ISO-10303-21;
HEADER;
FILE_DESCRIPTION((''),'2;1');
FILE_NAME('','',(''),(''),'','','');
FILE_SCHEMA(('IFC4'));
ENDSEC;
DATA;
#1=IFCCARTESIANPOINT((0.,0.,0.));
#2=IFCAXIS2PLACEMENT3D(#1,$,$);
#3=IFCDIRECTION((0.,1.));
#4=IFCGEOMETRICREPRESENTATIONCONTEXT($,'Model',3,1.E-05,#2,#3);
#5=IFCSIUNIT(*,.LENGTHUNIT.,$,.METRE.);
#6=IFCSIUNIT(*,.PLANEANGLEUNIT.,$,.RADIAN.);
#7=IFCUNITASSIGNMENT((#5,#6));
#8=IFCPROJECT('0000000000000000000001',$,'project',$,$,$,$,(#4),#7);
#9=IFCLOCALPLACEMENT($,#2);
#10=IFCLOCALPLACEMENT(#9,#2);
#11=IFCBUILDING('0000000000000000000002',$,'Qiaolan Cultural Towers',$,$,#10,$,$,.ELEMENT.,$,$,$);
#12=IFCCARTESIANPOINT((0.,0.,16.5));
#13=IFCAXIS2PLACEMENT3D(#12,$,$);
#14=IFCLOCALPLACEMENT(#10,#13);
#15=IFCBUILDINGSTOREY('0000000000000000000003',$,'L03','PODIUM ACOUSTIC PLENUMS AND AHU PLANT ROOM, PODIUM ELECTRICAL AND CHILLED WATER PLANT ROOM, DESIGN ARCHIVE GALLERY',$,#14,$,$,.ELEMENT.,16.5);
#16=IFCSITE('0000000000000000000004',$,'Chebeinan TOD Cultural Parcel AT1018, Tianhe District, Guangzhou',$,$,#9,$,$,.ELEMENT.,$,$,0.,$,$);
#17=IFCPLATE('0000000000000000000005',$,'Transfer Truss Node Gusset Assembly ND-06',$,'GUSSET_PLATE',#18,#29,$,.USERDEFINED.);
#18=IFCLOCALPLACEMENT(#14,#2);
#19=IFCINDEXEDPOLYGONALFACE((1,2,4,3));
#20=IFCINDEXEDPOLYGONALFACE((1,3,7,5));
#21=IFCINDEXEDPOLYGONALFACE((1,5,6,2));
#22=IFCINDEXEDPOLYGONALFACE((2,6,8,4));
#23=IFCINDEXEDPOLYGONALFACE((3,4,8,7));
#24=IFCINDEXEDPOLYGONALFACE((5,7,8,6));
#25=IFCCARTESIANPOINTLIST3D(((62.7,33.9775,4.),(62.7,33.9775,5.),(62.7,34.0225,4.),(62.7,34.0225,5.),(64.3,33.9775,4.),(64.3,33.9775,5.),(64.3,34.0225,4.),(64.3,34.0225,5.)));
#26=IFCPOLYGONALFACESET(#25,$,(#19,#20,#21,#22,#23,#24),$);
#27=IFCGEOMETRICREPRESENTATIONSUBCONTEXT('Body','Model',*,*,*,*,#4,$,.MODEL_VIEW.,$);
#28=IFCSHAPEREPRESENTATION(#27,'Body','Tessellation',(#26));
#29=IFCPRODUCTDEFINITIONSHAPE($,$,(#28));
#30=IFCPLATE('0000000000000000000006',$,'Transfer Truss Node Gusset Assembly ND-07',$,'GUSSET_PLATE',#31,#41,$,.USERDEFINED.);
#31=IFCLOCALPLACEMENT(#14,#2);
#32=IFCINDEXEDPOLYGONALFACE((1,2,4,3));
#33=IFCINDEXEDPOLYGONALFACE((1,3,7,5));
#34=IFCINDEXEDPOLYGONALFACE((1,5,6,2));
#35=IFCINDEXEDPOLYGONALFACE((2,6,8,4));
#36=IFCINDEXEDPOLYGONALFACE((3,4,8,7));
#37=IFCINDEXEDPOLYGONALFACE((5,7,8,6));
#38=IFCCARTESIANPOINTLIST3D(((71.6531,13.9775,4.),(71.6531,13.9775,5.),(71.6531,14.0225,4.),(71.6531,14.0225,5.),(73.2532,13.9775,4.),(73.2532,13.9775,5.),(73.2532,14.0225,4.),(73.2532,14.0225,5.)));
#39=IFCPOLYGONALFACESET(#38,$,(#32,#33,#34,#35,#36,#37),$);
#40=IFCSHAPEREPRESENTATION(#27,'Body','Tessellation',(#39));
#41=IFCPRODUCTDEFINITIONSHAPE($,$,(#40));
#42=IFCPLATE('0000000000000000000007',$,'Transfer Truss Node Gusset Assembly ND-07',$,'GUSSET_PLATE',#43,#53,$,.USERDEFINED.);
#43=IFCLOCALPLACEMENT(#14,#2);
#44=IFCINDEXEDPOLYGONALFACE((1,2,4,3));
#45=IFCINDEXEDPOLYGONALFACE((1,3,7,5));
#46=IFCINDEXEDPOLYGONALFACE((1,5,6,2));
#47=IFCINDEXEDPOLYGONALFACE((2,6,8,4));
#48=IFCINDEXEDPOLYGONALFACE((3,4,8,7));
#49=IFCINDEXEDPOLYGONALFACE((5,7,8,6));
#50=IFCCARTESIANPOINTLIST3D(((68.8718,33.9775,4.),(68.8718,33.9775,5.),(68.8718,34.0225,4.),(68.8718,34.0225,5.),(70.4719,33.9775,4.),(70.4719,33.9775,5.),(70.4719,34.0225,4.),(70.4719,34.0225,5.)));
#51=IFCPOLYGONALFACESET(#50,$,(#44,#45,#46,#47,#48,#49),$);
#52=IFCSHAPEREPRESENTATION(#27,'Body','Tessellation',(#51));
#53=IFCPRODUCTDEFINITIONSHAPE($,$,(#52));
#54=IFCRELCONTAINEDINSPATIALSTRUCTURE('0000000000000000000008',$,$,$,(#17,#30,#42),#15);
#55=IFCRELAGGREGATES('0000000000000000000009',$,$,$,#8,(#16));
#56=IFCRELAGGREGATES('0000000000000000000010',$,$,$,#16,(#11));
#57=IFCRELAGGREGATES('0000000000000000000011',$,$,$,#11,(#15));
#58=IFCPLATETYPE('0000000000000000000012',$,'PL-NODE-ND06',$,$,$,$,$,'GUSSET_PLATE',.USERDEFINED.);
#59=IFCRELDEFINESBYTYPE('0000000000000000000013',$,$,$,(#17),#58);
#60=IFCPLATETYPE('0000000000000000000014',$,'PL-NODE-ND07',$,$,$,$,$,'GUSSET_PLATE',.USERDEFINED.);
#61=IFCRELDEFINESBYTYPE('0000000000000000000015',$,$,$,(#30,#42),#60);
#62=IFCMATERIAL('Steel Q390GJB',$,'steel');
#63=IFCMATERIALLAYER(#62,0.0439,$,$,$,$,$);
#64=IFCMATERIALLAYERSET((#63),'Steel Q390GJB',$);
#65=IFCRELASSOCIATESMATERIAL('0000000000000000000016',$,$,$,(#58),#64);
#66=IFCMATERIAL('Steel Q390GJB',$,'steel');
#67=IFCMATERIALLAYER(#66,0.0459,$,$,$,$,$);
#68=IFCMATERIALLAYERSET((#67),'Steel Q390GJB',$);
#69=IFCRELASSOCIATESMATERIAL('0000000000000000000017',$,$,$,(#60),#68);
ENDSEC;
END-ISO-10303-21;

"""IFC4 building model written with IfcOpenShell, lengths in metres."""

from ifc_helpers import new_model, si_unit, direction, frame, origin, origin_2d, place, context, subcontext, project, spatial, rectangle, extrude, material, layer, layer_set, type_object, element, save


model = new_model("IFC4")

# Units and contexts
model_context = context("Model", 3, precision=1e-05, world=origin(), true_north=direction((0.0, 1.0)))
body_context = subcontext(model_context, "Body", "Model", "MODEL_VIEW")
ifc_project = project(units=[si_unit("LENGTHUNIT", "METRE"), si_unit("PLANEANGLEUNIT", "RADIAN")], contexts=[model_context])

# Site, building, storey
site_placement = place(None, origin())
site = spatial("IfcSite", under=ifc_project, at=site_placement, Name="Chebeinan TOD Cultural Parcel AT1018, Tianhe District, Guangzhou", CompositionType="ELEMENT", RefElevation=0.0)
building_placement = place(site_placement, origin())
building = spatial("IfcBuilding", under=site, at=building_placement, Name="Qiaolan Cultural Towers", CompositionType="ELEMENT")
storey_placement = place(building_placement, frame((0.0, 0.0, 16.5)))
storey = spatial("IfcBuildingStorey", under=building, at=storey_placement, Name="L03", Description="PODIUM ACOUSTIC PLENUMS AND AHU PLANT ROOM, PODIUM ELECTRICAL AND CHILLED WATER PLANT ROOM, DESIGN ARCHIVE GALLERY", CompositionType="ELEMENT", Elevation=16.5)

# Plates
ifc_material_1 = material(Name="Steel Q390GJB", Category="steel")
ifc_layer_1 = layer(ifc_material_1, 0.0439)
ifc_layer_set_1 = layer_set([ifc_layer_1], Name="Steel Q390GJB")
plate_type_1 = type_object("IfcPlateType", Name="PL-NODE-ND06", ElementType="GUSSET_PLATE", PredefinedType="USERDEFINED", material=ifc_layer_set_1)
for number, where, z_axis, x_axis, name in (
    (1, (63.5, 34.0, 4.0), (0.0, 0.0, 1.0), (1.0, 0.0, 0.0), "Transfer Truss Node Gusset Assembly ND-06"),
):
    element("IfcPlate", number, at=place(storey_placement, frame(where, z_axis=z_axis, x_axis=x_axis)), inside=storey, type_object=plate_type_1, Name=name, ObjectType="GUSSET_PLATE", PredefinedType="USERDEFINED", context=body_context, shape_type="SweptSolid", body=[
        extrude(rectangle(XDim=1.6001, YDim=0.0449, at=origin_2d()), origin(), (0.0, 0.0, 1.0), 1.0),
    ])
ifc_material_2 = material(Name="Steel Q390GJB", Category="steel")
ifc_layer_2 = layer(ifc_material_2, 0.0459)
ifc_layer_set_2 = layer_set([ifc_layer_2], Name="Steel Q390GJB")
plate_type_2 = type_object("IfcPlateType", Name="PL-NODE-ND07", ElementType="GUSSET_PLATE", PredefinedType="USERDEFINED", material=ifc_layer_set_2)
for number, where, z_axis, x_axis, name in (
    (2, (72.4531, 14.0, 4.0), (0.0, 0.0, 1.0), (1.0, 0.0, 0.0), "Transfer Truss Node Gusset Assembly ND-07"),
    (3, (69.6719, 34.0, 4.0), (0.0, 0.0, 1.0), (1.0, 0.0, 0.0), "Transfer Truss Node Gusset Assembly ND-07"),
):
    element("IfcPlate", number, at=place(storey_placement, frame(where, z_axis=z_axis, x_axis=x_axis)), inside=storey, type_object=plate_type_2, Name=name, ObjectType="GUSSET_PLATE", PredefinedType="USERDEFINED", context=body_context, shape_type="SweptSolid", body=[
        extrude(rectangle(XDim=1.6001, YDim=0.0449, at=origin_2d()), origin(), (0.0, 0.0, 1.0), 1.0),
    ])

save(model, "model.ifc")
